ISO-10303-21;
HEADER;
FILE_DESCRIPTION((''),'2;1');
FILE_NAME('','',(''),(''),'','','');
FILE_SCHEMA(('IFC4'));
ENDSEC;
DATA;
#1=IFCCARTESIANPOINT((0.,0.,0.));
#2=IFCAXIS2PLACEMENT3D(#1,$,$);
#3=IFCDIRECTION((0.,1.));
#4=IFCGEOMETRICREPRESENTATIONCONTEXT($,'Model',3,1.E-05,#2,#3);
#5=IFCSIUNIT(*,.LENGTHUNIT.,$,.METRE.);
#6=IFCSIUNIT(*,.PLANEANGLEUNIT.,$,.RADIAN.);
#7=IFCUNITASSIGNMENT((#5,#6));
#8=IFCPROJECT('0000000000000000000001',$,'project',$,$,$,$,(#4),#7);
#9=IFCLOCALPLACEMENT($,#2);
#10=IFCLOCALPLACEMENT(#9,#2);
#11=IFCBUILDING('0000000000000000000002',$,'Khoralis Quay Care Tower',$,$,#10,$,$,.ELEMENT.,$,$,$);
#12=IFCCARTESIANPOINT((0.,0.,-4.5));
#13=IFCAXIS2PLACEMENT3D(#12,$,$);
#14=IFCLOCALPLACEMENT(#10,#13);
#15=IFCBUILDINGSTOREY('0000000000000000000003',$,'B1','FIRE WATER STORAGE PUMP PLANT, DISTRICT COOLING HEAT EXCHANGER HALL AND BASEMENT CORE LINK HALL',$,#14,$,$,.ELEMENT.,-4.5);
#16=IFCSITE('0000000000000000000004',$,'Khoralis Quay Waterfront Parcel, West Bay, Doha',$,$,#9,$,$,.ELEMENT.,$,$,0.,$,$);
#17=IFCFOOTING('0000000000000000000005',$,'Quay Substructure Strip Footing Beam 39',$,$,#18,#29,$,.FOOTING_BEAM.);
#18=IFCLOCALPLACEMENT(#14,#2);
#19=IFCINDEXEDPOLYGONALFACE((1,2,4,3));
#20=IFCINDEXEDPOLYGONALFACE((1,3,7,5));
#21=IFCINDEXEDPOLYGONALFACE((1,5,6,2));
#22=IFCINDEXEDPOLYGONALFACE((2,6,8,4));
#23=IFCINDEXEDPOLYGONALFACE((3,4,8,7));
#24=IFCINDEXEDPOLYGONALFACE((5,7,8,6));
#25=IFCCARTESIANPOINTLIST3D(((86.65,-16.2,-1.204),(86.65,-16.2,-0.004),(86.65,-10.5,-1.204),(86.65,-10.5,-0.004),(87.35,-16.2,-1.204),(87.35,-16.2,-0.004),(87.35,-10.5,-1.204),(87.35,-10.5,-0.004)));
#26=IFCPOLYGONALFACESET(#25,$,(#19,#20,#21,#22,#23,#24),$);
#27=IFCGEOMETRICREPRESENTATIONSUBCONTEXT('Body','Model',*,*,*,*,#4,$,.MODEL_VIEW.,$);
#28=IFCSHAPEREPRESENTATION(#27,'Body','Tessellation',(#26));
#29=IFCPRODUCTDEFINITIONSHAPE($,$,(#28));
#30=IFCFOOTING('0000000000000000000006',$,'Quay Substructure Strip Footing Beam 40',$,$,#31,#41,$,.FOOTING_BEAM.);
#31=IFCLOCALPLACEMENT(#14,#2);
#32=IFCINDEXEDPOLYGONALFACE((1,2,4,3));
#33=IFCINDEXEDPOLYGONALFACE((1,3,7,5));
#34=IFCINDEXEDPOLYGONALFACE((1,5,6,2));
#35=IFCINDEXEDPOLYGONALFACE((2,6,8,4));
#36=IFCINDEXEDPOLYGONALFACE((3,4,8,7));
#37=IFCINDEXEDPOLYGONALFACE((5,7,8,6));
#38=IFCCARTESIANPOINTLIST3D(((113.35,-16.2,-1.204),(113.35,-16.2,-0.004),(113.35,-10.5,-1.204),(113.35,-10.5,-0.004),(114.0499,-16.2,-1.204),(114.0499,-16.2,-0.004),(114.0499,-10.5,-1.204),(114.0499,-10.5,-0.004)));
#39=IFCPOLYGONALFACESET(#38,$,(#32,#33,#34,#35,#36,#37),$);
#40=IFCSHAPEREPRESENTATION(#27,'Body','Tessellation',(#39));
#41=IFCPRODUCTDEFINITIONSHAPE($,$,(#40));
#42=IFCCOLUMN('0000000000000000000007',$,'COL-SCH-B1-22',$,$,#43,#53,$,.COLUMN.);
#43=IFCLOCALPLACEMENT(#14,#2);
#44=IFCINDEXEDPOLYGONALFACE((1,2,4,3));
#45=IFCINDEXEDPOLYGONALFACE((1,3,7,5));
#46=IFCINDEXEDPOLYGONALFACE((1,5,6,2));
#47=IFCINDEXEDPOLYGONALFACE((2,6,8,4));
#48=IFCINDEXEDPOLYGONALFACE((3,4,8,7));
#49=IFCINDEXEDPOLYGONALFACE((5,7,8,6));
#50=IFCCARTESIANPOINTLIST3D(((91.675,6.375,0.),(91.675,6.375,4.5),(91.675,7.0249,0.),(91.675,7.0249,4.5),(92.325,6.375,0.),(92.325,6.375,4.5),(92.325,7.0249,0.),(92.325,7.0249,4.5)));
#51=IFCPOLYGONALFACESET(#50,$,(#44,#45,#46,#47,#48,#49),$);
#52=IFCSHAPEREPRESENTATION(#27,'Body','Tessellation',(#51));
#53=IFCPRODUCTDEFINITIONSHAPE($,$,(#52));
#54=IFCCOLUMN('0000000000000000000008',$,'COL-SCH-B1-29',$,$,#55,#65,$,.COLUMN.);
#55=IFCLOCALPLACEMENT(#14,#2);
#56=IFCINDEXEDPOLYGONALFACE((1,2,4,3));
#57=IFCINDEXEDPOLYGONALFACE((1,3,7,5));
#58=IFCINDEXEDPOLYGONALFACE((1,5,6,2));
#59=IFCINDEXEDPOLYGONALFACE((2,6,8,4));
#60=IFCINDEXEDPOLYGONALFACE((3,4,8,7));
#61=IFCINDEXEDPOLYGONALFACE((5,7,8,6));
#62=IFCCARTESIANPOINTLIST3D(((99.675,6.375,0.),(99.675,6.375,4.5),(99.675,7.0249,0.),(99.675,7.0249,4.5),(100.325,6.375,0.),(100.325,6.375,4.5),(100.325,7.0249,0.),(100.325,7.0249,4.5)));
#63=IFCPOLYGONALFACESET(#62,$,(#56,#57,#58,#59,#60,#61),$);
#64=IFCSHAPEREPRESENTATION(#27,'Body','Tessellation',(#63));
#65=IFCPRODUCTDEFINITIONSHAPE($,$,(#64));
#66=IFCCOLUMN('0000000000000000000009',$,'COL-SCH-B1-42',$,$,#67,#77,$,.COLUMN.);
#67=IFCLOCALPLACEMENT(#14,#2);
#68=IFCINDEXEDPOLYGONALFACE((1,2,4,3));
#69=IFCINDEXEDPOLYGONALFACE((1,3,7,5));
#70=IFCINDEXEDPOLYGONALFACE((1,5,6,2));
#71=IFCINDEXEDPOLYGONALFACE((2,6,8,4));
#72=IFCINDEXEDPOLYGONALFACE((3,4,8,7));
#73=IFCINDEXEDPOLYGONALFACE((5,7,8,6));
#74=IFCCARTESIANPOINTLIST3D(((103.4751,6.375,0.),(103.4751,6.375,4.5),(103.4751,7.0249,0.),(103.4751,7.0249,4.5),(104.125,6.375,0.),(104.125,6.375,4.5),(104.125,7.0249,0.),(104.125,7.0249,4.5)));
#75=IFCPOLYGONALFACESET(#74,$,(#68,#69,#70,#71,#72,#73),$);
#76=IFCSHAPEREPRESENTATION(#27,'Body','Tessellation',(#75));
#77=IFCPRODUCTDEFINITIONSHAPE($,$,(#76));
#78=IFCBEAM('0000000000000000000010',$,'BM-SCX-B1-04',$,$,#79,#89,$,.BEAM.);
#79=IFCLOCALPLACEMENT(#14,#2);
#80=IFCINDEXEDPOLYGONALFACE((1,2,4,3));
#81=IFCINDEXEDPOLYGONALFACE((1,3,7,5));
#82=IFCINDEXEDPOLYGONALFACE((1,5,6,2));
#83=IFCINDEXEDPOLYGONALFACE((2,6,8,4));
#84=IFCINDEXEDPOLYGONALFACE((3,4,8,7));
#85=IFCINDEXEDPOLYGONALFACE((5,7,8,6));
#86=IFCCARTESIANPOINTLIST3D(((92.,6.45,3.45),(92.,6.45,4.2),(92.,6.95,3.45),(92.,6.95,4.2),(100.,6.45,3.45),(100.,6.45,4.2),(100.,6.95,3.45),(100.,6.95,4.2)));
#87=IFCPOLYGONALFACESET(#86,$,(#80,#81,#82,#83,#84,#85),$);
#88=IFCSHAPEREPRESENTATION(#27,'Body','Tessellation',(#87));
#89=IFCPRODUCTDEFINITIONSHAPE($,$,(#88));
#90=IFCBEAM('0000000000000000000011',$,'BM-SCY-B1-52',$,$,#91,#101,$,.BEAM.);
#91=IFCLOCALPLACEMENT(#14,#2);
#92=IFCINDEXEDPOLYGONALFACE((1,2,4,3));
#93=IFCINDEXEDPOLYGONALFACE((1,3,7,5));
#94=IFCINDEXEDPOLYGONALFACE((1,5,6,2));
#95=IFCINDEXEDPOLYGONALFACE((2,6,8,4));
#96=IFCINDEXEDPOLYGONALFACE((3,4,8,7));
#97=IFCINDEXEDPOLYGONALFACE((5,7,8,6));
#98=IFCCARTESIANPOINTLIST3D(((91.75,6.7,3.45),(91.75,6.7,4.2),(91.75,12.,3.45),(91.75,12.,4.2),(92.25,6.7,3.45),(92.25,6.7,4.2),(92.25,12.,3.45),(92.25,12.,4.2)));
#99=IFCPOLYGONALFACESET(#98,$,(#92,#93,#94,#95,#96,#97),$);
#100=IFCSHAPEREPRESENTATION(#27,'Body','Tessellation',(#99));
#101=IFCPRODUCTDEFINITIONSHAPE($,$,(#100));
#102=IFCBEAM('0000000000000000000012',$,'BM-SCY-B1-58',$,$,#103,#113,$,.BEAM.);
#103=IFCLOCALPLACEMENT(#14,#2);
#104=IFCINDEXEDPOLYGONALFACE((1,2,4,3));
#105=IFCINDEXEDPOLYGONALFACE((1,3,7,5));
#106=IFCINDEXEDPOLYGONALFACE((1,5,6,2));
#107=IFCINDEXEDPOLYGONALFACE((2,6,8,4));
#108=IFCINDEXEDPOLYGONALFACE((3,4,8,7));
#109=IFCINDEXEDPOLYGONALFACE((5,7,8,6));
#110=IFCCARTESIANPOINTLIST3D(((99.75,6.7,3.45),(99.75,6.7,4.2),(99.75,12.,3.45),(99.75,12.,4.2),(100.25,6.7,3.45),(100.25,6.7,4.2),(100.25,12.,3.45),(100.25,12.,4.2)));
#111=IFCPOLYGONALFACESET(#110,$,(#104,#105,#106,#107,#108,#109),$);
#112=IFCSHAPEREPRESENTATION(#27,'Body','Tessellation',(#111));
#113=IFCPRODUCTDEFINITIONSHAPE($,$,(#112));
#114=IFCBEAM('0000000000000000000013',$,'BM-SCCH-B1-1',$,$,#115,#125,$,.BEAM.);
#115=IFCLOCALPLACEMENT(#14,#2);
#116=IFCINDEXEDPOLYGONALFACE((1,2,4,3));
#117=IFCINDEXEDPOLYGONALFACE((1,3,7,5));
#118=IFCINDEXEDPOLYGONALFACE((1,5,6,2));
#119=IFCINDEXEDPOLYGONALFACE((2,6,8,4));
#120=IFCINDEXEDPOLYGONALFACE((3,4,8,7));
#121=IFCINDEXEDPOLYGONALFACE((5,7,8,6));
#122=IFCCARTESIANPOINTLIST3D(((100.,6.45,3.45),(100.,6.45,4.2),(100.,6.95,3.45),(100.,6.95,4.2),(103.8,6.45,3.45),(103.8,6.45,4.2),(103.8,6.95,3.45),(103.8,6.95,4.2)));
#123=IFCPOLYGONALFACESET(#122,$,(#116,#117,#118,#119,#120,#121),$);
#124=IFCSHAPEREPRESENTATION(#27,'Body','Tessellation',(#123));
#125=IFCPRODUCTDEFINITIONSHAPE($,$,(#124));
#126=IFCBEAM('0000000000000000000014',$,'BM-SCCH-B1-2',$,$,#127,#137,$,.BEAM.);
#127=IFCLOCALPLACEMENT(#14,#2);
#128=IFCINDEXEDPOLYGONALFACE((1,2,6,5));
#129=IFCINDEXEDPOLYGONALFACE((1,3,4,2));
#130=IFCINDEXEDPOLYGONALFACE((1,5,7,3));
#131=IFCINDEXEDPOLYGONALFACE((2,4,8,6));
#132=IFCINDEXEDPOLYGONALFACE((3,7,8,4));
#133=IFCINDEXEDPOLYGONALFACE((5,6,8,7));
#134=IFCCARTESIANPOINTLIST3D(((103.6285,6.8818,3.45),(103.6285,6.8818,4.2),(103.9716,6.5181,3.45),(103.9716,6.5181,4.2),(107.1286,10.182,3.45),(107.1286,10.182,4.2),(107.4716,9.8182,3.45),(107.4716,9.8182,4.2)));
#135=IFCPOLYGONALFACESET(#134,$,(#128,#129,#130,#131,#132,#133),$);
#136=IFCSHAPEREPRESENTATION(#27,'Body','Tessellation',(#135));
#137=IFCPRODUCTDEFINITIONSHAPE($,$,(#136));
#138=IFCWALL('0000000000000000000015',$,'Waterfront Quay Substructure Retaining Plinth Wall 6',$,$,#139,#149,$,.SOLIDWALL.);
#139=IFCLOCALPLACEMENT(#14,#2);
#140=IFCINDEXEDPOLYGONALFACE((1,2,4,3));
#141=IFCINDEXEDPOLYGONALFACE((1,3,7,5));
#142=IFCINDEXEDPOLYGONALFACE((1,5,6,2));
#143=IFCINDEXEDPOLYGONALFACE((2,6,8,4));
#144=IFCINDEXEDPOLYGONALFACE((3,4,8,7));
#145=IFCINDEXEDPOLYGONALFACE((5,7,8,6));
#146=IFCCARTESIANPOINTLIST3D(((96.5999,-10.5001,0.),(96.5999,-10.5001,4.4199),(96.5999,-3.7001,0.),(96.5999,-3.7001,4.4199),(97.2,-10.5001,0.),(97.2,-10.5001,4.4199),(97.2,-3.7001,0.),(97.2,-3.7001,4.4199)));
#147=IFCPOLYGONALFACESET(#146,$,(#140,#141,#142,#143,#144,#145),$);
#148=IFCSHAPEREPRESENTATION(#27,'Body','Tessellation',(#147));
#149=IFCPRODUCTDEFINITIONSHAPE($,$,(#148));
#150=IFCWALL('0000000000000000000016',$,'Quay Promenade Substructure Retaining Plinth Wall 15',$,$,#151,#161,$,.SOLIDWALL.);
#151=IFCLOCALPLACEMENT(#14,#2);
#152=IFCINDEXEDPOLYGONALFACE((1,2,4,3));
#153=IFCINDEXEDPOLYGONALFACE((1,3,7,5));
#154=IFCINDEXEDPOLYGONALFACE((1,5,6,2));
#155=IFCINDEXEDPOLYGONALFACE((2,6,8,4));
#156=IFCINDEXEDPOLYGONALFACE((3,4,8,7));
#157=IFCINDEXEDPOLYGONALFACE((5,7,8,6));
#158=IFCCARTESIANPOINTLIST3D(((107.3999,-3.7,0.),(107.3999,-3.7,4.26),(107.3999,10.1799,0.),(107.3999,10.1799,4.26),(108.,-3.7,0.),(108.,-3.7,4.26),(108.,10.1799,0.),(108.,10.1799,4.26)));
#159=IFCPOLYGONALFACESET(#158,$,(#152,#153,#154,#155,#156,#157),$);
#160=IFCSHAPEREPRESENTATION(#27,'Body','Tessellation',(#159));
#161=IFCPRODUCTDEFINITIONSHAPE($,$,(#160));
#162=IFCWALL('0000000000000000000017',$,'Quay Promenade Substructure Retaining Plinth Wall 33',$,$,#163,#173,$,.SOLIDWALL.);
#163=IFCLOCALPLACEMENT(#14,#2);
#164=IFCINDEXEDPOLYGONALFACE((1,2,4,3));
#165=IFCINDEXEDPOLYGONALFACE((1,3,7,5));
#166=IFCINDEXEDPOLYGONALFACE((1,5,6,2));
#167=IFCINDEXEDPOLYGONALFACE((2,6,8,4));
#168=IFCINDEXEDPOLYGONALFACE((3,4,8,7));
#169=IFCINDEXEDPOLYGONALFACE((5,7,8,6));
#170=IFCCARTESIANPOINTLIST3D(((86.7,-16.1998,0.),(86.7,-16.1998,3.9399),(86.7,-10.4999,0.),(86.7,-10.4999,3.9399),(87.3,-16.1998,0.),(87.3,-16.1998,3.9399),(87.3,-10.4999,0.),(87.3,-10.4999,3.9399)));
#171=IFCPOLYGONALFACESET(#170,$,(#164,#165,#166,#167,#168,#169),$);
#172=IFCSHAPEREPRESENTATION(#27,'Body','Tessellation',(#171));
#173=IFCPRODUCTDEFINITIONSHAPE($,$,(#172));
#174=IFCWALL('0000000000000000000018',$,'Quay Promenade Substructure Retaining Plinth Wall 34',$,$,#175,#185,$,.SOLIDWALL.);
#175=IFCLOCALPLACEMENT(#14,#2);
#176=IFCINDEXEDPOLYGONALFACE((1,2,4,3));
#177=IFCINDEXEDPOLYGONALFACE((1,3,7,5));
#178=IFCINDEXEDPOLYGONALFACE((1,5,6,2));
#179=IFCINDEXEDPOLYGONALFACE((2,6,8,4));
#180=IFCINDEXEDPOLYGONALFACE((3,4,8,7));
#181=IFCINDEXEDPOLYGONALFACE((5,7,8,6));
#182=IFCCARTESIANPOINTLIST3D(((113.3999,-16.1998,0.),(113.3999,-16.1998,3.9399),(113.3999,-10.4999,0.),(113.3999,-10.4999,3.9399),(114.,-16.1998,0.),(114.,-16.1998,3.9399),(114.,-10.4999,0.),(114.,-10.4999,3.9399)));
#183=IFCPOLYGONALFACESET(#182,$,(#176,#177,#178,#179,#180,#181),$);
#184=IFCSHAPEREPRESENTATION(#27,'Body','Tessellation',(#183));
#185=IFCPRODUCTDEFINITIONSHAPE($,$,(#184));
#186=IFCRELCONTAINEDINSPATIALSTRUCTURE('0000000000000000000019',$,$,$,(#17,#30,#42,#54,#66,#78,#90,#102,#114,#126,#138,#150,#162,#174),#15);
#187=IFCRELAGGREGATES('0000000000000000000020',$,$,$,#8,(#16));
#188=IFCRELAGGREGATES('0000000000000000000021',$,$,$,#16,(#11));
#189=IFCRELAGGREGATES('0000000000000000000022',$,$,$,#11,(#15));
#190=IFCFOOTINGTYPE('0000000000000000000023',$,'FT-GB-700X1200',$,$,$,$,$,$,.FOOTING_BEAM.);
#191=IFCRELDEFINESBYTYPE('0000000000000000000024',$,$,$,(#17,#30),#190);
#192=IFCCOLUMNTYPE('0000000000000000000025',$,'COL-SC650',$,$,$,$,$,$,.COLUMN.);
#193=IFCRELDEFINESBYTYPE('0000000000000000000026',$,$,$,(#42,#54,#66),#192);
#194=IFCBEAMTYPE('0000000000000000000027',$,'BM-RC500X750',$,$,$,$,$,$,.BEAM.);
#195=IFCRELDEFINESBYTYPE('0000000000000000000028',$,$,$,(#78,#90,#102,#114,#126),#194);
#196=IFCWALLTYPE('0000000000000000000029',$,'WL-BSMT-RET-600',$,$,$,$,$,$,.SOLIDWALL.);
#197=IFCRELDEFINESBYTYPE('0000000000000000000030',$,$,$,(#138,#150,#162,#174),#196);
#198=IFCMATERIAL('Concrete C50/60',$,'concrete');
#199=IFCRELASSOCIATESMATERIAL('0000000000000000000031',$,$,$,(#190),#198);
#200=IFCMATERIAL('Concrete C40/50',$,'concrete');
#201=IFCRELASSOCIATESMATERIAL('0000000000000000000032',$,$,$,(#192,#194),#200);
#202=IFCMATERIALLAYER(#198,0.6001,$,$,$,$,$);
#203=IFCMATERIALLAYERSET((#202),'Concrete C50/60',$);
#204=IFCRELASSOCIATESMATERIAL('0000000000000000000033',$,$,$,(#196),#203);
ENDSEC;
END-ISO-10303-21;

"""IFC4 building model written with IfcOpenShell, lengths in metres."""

from ifc_helpers import new_model, si_unit, direction, frame, frame_2d, origin, origin_2d, place, context, subcontext, project, spatial, rectangle, extrude, source, transform, mapped, material, layer, layer_set, material_profile, profile_set, type_object, element, save


model = new_model("IFC4")

# Units and contexts
model_context = context("Model", 3, precision=1e-05, world=origin(), true_north=direction((0.0, 1.0)))
body_context = subcontext(model_context, "Body", "Model", "MODEL_VIEW")
ifc_project = project(units=[si_unit("LENGTHUNIT", "METRE"), si_unit("PLANEANGLEUNIT", "RADIAN")], contexts=[model_context])

# Site, building, storey
site_placement = place(None, origin())
site = spatial("IfcSite", under=ifc_project, at=site_placement, Name="Khoralis Quay Waterfront Parcel, West Bay, Doha", CompositionType="ELEMENT", RefElevation=0.0)
building_placement = place(site_placement, origin())
building = spatial("IfcBuilding", under=site, at=building_placement, Name="Khoralis Quay Care Tower", CompositionType="ELEMENT")
storey_placement = place(building_placement, frame((0.0, 0.0, -4.5)))
storey = spatial("IfcBuildingStorey", under=building, at=storey_placement, Name="B1", Description="FIRE WATER STORAGE PUMP PLANT, DISTRICT COOLING HEAT EXCHANGER HALL AND BASEMENT CORE LINK HALL", CompositionType="ELEMENT", Elevation=-4.5)

# Shared definitions
ifc_material_1 = material(Name="Concrete C50/60", Category="concrete")

# Footings
ifc_material_profile_1 = material_profile(ifc_material_1, rectangle(XDim=0.7, YDim=1.2, at=origin_2d()), Name="Concrete C50/60")
ifc_profile_set_1 = profile_set([ifc_material_profile_1], Name="Concrete C50/60")
footing_type_1 = type_object("IfcFootingType", Name="FT-GB-700X1200", PredefinedType="FOOTING_BEAM", material=ifc_profile_set_1)
shared_shape_1 = source(origin(), body_context, "Body", "SweptSolid", [
    extrude(rectangle(XDim=0.7, YDim=1.2, at=origin_2d()), origin(), (0.0, 0.0, 1.0), 5.7),
])
for number, where, z_axis, x_axis, name in (
    (1, (87.0, -16.2, -0.604), (0.0, 1.0, 0.0), (-1.0, 0.0, 0.0), "Quay Substructure Strip Footing Beam 39"),
    (2, (113.7, -16.2, -0.604), (0.0, 1.0, 0.0), (-1.0, 0.0, 0.0), "Quay Substructure Strip Footing Beam 40"),
):
    element("IfcFooting", number, at=place(storey_placement, frame(where, z_axis=z_axis, x_axis=x_axis)), inside=storey, type_object=footing_type_1, Name=name, PredefinedType="FOOTING_BEAM", context=body_context, shape_type="MappedRepresentation", body=[
        mapped(shared_shape_1, transform((0.0, 0.0, 0.0), scale=1.0)),
    ])

# Columns
ifc_material_2 = material(Name="Concrete C40/50", Category="concrete")
ifc_material_profile_2 = material_profile(ifc_material_2, rectangle(XDim=0.6499, YDim=0.6499, at=origin_2d()), Name="Concrete C40/50")
ifc_profile_set_2 = profile_set([ifc_material_profile_2], Name="Concrete C40/50")
column_type = type_object("IfcColumnType", Name="COL-SC650", PredefinedType="COLUMN", material=ifc_profile_set_2)
shared_shape_2 = source(origin(), body_context, "Body", "SweptSolid", [
    extrude(rectangle(XDim=0.6499, YDim=0.6499, at=origin_2d()), origin(), (0.0, 0.0, 1.0), 4.5),
])
for number, where, z_axis, x_axis, name in (
    (3, (92.0, 6.7, 0.0), (0.0, 0.0, 1.0), (1.0, 0.0, 0.0), "COL-SCH-B1-22"),
    (4, (100.0, 6.7, 0.0), (0.0, 0.0, 1.0), (1.0, 0.0, 0.0), "COL-SCH-B1-29"),
    (5, (103.8, 6.7, 0.0), (0.0, 0.0, 1.0), (1.0, 0.0, 0.0), "COL-SCH-B1-42"),
):
    element("IfcColumn", number, at=place(storey_placement, frame(where, z_axis=z_axis, x_axis=x_axis)), inside=storey, type_object=column_type, Name=name, PredefinedType="COLUMN", context=body_context, shape_type="MappedRepresentation", body=[
        mapped(shared_shape_2, transform((0.0, 0.0, 0.0), scale=1.0)),
    ])

# Beams
ifc_material_profile_3 = material_profile(ifc_material_2, rectangle(XDim=0.5, YDim=0.75, at=origin_2d()), Name="Concrete C40/50")
ifc_profile_set_3 = profile_set([ifc_material_profile_3], Name="Concrete C40/50")
beam_type = type_object("IfcBeamType", Name="BM-RC500X750", PredefinedType="BEAM", material=ifc_profile_set_3)
shared_shape_3 = source(origin(), body_context, "Body", "SweptSolid", [
    extrude(rectangle(XDim=0.5, YDim=0.75, at=origin_2d()), origin(), (0.0, 0.0, 1.0), 8.0),
])
beam_1_placement = place(storey_placement, frame((92.0, 6.7, 3.825), z_axis=(1.0, 0.0, 0.0), x_axis=(0.0, 1.0, 0.0)))
element("IfcBeam", 6, at=beam_1_placement, inside=storey, type_object=beam_type, Name="BM-SCX-B1-04", PredefinedType="BEAM", context=body_context, shape_type="MappedRepresentation", body=[
    mapped(shared_shape_3, transform((0.0, 0.0, 0.0), scale=1.0)),
])
shared_shape_4 = source(origin(), body_context, "Body", "SweptSolid", [
    extrude(rectangle(XDim=0.5, YDim=0.75, at=origin_2d()), origin(), (0.0, 0.0, 1.0), 5.3),
])
for number, where, z_axis, x_axis, name in (
    (7, (92.0, 6.7, 3.825), (0.0, 1.0, 0.0), (-1.0, 0.0, 0.0), "BM-SCY-B1-52"),
    (8, (100.0, 6.7, 3.825), (0.0, 1.0, 0.0), (-1.0, 0.0, 0.0), "BM-SCY-B1-58"),
):
    element("IfcBeam", number, at=place(storey_placement, frame(where, z_axis=z_axis, x_axis=x_axis)), inside=storey, type_object=beam_type, Name=name, PredefinedType="BEAM", context=body_context, shape_type="MappedRepresentation", body=[
        mapped(shared_shape_4, transform((0.0, 0.0, 0.0), scale=1.0)),
    ])
shared_shape_5 = source(origin(), body_context, "Body", "SweptSolid", [
    extrude(rectangle(XDim=0.5, YDim=0.75, at=origin_2d()), origin(), (0.0, 0.0, 1.0), 3.8),
])
beam_2_placement = place(storey_placement, frame((100.0, 6.7, 3.825), z_axis=(1.0, 0.0, 0.0), x_axis=(0.0, 1.0, 0.0)))
element("IfcBeam", 9, at=beam_2_placement, inside=storey, type_object=beam_type, Name="BM-SCCH-B1-1", PredefinedType="BEAM", context=body_context, shape_type="MappedRepresentation", body=[
    mapped(shared_shape_5, transform((0.0, 0.0, 0.0), scale=1.0)),
])
shared_shape_6 = source(origin(), body_context, "Body", "SweptSolid", [
    extrude(rectangle(XDim=0.5, YDim=0.75, at=origin_2d()), origin(), (0.0, 0.0, 1.0), 4.8105),
])
beam_3_placement = place(storey_placement, frame((103.8, 6.7, 3.825), z_axis=(0.727584, 0.686018, 0.0), x_axis=(-0.686018, 0.727584, 0.0)))
element("IfcBeam", 10, at=beam_3_placement, inside=storey, type_object=beam_type, Name="BM-SCCH-B1-2", PredefinedType="BEAM", context=body_context, shape_type="MappedRepresentation", body=[
    mapped(shared_shape_6, transform((0.0, 0.0, 0.0), scale=1.0)),
])

# Walls
ifc_layer = layer(ifc_material_1, 0.6001)
ifc_layer_set = layer_set([ifc_layer], Name="Concrete C50/60")
wall_type = type_object("IfcWallType", Name="WL-BSMT-RET-600", PredefinedType="SOLIDWALL", material=ifc_layer_set)
wall_1_placement = place(storey_placement, frame((96.8999, -10.5, 0.0), z_axis=(0.0, 0.0, 1.0), x_axis=(0.0, 1.0, 0.0)))
element("IfcWall", 11, at=wall_1_placement, inside=storey, type_object=wall_type, Name="Waterfront Quay Substructure Retaining Plinth Wall 6", PredefinedType="SOLIDWALL", context=body_context, shape_type="SweptSolid", body=[
    extrude(rectangle(XDim=6.8, YDim=0.6001, at=frame_2d((3.3999, 0.0))), origin(), (0.0, 0.0, 1.0), 4.4199),
])
wall_2_placement = place(storey_placement, frame((107.7, -3.7, 0.0), z_axis=(0.0, 0.0, 1.0), x_axis=(0.0, 1.0, 0.0)))
element("IfcWall", 12, at=wall_2_placement, inside=storey, type_object=wall_type, Name="Quay Promenade Substructure Retaining Plinth Wall 15", PredefinedType="SOLIDWALL", context=body_context, shape_type="SweptSolid", body=[
    extrude(rectangle(XDim=13.8799, YDim=0.6001, at=frame_2d((6.9399, 0.0))), origin(), (0.0, 0.0, 1.0), 4.26),
])
for number, where, z_axis, x_axis, name in (
    (13, (87.0, -16.2, 0.0), (0.0, 0.0, 1.0), (0.0, 1.0, 0.0), "Quay Promenade Substructure Retaining Plinth Wall 33"),
    (14, (113.7, -16.2, 0.0), (0.0, 0.0, 1.0), (0.0, 1.0, 0.0), "Quay Promenade Substructure Retaining Plinth Wall 34"),
):
    element("IfcWall", number, at=place(storey_placement, frame(where, z_axis=z_axis, x_axis=x_axis)), inside=storey, type_object=wall_type, Name=name, PredefinedType="SOLIDWALL", context=body_context, shape_type="SweptSolid", body=[
        extrude(rectangle(XDim=5.7, YDim=0.6001, at=frame_2d((2.8501, 0.0))), origin(), (0.0, 0.0, 1.0), 3.9399),
    ])

save(model, "model.ifc")
